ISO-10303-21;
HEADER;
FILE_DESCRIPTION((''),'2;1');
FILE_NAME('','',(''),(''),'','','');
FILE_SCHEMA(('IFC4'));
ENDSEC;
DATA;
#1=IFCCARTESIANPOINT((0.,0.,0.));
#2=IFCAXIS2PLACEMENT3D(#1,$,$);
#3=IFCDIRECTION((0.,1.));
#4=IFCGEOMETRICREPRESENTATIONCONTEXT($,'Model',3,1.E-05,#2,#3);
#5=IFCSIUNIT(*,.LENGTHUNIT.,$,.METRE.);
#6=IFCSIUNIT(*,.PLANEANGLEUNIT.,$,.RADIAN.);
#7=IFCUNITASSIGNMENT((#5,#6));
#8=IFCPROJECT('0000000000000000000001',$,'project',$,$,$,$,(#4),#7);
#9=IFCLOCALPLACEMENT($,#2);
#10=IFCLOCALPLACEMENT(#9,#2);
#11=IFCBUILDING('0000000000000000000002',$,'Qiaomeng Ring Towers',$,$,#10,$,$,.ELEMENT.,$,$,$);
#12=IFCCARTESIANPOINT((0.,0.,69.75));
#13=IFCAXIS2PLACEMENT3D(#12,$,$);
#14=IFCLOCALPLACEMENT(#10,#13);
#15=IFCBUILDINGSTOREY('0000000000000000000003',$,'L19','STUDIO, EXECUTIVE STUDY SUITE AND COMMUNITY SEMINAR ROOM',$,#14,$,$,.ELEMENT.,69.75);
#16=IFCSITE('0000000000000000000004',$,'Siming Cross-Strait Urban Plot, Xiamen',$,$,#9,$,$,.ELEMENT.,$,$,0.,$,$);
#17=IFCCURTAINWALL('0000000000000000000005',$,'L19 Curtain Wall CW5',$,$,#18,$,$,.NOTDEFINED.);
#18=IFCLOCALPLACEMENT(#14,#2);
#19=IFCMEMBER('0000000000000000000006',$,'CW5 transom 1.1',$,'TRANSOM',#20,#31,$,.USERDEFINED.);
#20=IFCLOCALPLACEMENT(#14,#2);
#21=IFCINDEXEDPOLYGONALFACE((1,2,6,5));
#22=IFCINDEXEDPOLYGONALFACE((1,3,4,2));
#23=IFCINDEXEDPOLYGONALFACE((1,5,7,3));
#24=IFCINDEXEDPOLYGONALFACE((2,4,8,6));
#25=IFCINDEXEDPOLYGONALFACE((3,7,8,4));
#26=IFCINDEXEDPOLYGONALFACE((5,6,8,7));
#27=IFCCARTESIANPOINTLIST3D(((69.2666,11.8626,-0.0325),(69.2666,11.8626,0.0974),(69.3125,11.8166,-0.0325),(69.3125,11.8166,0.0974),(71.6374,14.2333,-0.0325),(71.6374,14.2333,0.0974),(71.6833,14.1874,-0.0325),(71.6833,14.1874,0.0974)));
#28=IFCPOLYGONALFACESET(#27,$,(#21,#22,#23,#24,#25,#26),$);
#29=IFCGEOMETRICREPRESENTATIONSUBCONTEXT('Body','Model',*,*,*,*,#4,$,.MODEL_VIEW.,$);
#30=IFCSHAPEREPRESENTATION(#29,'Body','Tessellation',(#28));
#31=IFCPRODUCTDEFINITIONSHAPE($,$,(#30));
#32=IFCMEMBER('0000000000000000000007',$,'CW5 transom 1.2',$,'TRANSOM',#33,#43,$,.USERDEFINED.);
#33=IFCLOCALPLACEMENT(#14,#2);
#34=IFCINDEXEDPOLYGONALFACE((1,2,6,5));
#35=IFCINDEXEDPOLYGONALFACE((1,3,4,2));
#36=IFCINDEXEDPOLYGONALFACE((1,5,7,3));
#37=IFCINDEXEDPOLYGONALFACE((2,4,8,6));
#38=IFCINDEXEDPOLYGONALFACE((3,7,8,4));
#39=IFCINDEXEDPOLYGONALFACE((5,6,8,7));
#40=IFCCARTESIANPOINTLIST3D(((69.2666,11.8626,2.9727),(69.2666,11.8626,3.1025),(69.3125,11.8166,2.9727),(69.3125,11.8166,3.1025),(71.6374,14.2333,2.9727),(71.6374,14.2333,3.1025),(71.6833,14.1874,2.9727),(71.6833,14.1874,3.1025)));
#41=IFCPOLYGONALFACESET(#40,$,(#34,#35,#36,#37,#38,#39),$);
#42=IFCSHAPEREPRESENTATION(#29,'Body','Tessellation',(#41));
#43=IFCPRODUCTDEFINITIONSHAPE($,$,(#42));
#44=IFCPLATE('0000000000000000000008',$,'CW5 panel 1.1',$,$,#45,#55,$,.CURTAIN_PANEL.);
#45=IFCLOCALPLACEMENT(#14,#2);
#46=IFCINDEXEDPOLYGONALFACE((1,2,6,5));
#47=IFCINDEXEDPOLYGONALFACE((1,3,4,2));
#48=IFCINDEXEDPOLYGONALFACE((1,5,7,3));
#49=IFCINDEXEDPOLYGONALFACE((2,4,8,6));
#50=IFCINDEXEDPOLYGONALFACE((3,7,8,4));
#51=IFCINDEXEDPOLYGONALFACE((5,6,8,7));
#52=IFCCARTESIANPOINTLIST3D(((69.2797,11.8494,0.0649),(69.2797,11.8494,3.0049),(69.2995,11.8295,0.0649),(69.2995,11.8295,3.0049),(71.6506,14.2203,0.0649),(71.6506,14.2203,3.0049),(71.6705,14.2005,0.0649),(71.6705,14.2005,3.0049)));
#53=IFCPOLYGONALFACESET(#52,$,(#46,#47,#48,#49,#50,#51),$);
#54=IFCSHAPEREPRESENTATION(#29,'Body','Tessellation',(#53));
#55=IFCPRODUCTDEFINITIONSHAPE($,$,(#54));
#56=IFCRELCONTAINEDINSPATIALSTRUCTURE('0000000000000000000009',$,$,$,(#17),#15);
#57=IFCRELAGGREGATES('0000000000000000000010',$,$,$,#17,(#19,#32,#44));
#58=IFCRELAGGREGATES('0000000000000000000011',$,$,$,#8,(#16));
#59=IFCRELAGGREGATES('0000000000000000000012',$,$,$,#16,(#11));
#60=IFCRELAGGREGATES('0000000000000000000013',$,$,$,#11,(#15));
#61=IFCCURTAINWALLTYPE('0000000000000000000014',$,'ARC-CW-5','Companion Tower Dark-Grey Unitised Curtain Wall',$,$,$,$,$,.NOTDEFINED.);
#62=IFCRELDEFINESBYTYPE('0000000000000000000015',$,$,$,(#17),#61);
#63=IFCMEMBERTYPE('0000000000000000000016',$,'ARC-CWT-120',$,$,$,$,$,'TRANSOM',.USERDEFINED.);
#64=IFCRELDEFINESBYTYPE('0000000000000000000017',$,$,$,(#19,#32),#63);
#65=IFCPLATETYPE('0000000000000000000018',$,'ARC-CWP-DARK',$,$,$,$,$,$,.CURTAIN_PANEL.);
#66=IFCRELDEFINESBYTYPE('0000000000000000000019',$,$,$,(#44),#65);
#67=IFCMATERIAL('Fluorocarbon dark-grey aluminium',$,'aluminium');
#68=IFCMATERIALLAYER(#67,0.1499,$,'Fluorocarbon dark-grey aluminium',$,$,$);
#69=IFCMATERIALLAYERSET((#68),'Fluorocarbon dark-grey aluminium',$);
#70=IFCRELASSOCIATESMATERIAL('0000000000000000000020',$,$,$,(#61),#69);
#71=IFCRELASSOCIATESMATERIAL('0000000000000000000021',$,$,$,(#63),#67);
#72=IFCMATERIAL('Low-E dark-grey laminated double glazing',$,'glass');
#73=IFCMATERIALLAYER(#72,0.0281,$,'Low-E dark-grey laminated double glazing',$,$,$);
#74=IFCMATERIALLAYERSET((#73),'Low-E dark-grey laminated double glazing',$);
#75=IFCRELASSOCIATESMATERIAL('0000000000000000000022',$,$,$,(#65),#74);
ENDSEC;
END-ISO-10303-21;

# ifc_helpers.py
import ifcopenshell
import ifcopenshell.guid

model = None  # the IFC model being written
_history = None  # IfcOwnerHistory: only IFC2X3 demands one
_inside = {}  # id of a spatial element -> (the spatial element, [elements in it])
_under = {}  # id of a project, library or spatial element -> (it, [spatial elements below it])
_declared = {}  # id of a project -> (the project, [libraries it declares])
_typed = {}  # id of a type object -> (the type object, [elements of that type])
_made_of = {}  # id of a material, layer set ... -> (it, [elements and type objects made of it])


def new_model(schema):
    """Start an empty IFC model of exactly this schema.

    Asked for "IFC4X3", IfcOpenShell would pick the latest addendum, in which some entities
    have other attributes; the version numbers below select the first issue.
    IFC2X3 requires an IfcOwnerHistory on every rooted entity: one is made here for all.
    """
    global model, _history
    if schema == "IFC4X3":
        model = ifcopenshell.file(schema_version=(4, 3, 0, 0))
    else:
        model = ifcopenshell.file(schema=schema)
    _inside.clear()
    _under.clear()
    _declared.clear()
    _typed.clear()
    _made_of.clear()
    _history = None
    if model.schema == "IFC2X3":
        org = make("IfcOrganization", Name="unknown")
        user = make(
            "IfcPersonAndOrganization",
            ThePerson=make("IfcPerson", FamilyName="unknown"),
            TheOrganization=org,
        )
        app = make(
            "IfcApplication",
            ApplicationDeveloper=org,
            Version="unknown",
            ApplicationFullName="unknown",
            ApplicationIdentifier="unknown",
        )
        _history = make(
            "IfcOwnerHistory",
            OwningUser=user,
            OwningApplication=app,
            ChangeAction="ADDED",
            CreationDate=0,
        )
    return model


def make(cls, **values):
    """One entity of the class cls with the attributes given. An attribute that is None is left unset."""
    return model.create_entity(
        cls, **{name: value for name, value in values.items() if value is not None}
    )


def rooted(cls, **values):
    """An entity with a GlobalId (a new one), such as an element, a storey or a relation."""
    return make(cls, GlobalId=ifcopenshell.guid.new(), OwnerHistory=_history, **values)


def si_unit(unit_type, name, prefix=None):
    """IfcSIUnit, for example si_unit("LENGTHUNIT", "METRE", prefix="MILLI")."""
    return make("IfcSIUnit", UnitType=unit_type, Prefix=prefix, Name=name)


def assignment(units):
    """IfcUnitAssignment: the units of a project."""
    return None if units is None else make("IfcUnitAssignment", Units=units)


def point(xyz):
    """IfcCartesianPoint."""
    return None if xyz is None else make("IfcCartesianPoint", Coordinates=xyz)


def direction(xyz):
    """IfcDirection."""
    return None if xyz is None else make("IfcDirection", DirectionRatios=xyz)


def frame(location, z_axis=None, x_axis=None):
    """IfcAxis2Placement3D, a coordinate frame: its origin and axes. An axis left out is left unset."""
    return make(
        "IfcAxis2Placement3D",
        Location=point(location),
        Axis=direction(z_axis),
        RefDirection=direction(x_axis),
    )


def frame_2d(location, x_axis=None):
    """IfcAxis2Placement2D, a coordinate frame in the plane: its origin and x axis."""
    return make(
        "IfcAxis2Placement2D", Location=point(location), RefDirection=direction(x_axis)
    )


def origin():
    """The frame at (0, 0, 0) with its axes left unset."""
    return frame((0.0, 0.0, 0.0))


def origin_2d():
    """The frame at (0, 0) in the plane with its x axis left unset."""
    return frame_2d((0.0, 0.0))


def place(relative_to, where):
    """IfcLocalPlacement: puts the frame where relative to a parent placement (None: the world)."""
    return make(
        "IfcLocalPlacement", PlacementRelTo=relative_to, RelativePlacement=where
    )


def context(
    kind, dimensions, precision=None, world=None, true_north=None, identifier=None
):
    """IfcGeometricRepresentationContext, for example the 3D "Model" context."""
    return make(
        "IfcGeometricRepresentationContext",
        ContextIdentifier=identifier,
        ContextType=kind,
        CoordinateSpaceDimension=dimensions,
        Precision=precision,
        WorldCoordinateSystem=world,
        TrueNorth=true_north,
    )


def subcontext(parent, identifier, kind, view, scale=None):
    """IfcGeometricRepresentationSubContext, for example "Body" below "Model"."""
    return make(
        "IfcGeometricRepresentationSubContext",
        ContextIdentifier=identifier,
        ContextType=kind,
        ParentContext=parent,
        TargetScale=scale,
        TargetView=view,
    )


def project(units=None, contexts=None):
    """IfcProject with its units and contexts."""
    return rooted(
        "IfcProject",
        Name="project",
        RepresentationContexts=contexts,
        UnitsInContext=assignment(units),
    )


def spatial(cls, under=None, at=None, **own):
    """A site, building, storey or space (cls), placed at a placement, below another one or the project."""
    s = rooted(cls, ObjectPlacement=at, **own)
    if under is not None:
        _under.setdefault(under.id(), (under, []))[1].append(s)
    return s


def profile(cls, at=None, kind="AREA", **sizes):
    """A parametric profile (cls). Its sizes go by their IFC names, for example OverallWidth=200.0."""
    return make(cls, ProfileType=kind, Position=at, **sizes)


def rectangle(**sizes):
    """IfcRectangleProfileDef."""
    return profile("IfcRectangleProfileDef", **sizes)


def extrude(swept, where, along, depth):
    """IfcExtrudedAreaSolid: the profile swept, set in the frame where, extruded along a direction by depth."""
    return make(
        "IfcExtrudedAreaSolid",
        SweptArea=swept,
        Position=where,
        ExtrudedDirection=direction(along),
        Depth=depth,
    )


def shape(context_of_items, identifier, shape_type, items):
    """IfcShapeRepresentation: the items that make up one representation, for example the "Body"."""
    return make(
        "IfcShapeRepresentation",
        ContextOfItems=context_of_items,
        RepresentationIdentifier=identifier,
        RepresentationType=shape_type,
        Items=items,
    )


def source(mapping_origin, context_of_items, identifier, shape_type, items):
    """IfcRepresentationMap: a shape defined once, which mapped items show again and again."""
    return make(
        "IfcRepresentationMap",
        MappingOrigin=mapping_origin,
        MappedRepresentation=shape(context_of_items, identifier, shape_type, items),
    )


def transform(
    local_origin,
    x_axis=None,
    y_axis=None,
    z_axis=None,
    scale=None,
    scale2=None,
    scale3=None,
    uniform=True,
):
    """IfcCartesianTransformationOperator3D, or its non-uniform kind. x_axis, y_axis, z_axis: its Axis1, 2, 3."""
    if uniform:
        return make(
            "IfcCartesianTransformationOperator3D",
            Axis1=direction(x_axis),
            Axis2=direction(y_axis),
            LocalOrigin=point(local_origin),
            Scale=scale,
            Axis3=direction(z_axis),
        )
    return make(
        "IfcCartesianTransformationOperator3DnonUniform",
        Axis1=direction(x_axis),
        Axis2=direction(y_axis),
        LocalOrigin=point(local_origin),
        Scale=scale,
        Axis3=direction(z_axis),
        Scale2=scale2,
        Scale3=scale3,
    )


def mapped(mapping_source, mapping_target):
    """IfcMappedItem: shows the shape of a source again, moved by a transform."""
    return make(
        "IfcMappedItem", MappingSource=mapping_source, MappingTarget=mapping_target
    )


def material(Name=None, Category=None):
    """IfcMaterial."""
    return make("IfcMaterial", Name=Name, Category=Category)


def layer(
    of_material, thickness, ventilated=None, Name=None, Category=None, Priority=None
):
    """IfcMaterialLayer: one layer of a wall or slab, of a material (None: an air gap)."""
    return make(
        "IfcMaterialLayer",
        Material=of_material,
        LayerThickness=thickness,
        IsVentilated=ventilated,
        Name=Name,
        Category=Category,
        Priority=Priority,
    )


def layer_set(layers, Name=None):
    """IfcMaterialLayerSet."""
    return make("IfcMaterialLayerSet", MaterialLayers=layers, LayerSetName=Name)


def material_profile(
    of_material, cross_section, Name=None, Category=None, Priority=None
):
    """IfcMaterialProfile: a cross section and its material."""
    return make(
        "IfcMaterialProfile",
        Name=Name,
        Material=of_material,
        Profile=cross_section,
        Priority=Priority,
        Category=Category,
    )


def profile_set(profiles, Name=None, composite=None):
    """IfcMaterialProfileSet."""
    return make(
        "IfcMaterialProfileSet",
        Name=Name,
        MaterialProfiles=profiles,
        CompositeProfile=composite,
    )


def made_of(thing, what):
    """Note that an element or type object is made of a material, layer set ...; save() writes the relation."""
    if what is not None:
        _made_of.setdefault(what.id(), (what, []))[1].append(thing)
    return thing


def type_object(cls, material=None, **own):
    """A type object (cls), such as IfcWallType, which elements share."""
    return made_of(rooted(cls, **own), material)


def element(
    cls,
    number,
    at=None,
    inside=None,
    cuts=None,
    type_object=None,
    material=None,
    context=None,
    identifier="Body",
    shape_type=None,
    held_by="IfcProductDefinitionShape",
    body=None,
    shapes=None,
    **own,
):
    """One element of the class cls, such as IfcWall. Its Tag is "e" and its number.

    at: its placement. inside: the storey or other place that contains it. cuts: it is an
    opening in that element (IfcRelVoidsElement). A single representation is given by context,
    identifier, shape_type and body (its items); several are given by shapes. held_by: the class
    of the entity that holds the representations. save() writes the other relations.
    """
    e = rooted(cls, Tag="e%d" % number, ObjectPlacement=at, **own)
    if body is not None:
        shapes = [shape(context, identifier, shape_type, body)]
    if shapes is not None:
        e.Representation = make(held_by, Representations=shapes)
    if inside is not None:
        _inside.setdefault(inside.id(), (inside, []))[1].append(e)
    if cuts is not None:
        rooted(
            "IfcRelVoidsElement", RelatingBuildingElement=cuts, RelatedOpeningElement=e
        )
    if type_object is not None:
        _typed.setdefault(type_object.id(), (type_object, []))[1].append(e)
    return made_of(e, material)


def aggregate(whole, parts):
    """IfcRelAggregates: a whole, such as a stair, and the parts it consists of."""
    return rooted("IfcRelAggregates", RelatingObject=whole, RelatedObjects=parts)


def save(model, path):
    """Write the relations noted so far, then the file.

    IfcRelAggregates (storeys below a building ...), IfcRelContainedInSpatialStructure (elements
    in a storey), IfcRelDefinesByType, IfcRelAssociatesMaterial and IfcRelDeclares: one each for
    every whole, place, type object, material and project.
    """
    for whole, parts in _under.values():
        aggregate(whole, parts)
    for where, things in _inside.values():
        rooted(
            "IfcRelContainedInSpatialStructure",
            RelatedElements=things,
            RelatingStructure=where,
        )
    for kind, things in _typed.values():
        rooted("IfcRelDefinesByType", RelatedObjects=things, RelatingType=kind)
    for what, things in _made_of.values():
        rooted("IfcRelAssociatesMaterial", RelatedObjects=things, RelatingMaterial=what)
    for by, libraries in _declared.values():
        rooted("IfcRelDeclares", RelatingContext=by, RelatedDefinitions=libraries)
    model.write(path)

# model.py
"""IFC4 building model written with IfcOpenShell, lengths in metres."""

from ifc_helpers import new_model, si_unit, direction, frame, origin, origin_2d, place, context, subcontext, project, spatial, rectangle, extrude, source, transform, mapped, material, layer, layer_set, material_profile, profile_set, type_object, element, aggregate, save


model = new_model("IFC4")

# Units and contexts
model_context = context("Model", 3, precision=1e-05, world=origin(), true_north=direction((0.0, 1.0)))
body_context = subcontext(model_context, "Body", "Model", "MODEL_VIEW")
ifc_project = project(units=[si_unit("LENGTHUNIT", "METRE"), si_unit("PLANEANGLEUNIT", "RADIAN")], contexts=[model_context])

# Site, building, storey
site_placement = place(None, origin())
site = spatial("IfcSite", under=ifc_project, at=site_placement, Name="Siming Cross-Strait Urban Plot, Xiamen", CompositionType="ELEMENT", RefElevation=0.0)
building_placement = place(site_placement, origin())
building = spatial("IfcBuilding", under=site, at=building_placement, Name="Qiaomeng Ring Towers", CompositionType="ELEMENT")
storey_placement = place(building_placement, frame((0.0, 0.0, 69.75)))
storey = spatial("IfcBuildingStorey", under=building, at=storey_placement, Name="L19", Description="STUDIO, EXECUTIVE STUDY SUITE AND COMMUNITY SEMINAR ROOM", CompositionType="ELEMENT", Elevation=69.75)

# Curtain wall, members, plate
ifc_material_1 = material(Name="Fluorocarbon dark-grey aluminium", Category="aluminium")
ifc_layer_1 = layer(ifc_material_1, 0.1499, Name="Fluorocarbon dark-grey aluminium")
ifc_layer_set_1 = layer_set([ifc_layer_1], Name="Fluorocarbon dark-grey aluminium")
curtain_wall_type = type_object("IfcCurtainWallType", Name="ARC-CW-5", Description="Companion Tower Dark-Grey Unitised Curtain Wall", PredefinedType="NOTDEFINED", material=ifc_layer_set_1)
curtain_wall_placement = place(storey_placement, origin())
curtain_wall = element("IfcCurtainWall", 1, at=curtain_wall_placement, inside=storey, type_object=curtain_wall_type, Name="L19 Curtain Wall CW5", PredefinedType="NOTDEFINED")
ifc_material_profile_1 = material_profile(ifc_material_1, rectangle(XDim=0.0649, YDim=0.1299, at=origin_2d()), Name="ALU TRAN 65x130")
ifc_profile_set_1 = profile_set([ifc_material_profile_1], Name="Fluorocarbon dark-grey aluminium")
member_type_1 = type_object("IfcMemberType", Name="ARC-CWT-120", ElementType="TRANSOM", PredefinedType="USERDEFINED", material=ifc_profile_set_1)
shared_shape_1 = source(origin(), body_context, "Body", "SweptSolid", [
    extrude(rectangle(XDim=0.0649, YDim=0.1299, at=origin_2d()), origin(), (0.0, 0.0, 1.0), 3.3528),
])
member_1_placement = place(storey_placement, frame((69.2896, 11.8396, 0.0325), z_axis=(0.707107, 0.707107, 0.0), x_axis=(-0.707107, 0.707107, 0.0)))
member_1 = element("IfcMember", 2, at=member_1_placement, type_object=member_type_1, Name="CW5 transom 1.1", ObjectType="TRANSOM", PredefinedType="USERDEFINED", context=body_context, shape_type="MappedRepresentation", body=[
    mapped(shared_shape_1, transform((0.0, 0.0, 0.0), x_axis=(1.0, 0.0, 0.0), y_axis=(0.0, 1.0, 0.0), z_axis=(0.0, 0.0, 1.0), scale=1.0)),
])
member_2_placement = place(storey_placement, frame((69.2896, 11.8396, 3.0376), z_axis=(0.707107, 0.707107, 0.0), x_axis=(-0.707107, 0.707107, 0.0)))
member_2 = element("IfcMember", 3, at=member_2_placement, type_object=member_type_1, Name="CW5 transom 1.2", ObjectType="TRANSOM", PredefinedType="USERDEFINED", context=body_context, shape_type="MappedRepresentation", body=[
    mapped(shared_shape_1, transform((0.0, 0.0, 0.0), x_axis=(1.0, 0.0, 0.0), y_axis=(0.0, 1.0, 0.0), z_axis=(0.0, 0.0, 1.0), scale=1.0)),
])
ifc_material_2 = material(Name="Low-E dark-grey laminated double glazing", Category="glass")
ifc_layer_2 = layer(ifc_material_2, 0.0281, Name="Low-E dark-grey laminated double glazing")
ifc_layer_set_2 = layer_set([ifc_layer_2], Name="Low-E dark-grey laminated double glazing")
plate_type = type_object("IfcPlateType", Name="ARC-CWP-DARK", PredefinedType="CURTAIN_PANEL", material=ifc_layer_set_2)
shared_shape_2 = source(origin(), body_context, "Body", "SweptSolid", [
    extrude(rectangle(XDim=3.353, YDim=0.0281, at=origin_2d()), origin(), (0.0, 0.0, 1.0), 2.9399),
])
plate_placement = place(storey_placement, frame((70.4751, 13.0249, 0.0649), z_axis=(0.0, 0.0, 1.0), x_axis=(0.707107, 0.707107, 0.0)))
plate = element("IfcPlate", 4, at=plate_placement, type_object=plate_type, Name="CW5 panel 1.1", PredefinedType="CURTAIN_PANEL", context=body_context, shape_type="MappedRepresentation", body=[
    mapped(shared_shape_2, transform((0.0, 0.0, 0.0), x_axis=(1.0, 0.0, 0.0), y_axis=(0.0, 1.0, 0.0), z_axis=(0.0, 0.0, 1.0), scale=1.0)),
])
aggregate(curtain_wall, [member_1, member_2, plate])

save(model, "model.ifc")
